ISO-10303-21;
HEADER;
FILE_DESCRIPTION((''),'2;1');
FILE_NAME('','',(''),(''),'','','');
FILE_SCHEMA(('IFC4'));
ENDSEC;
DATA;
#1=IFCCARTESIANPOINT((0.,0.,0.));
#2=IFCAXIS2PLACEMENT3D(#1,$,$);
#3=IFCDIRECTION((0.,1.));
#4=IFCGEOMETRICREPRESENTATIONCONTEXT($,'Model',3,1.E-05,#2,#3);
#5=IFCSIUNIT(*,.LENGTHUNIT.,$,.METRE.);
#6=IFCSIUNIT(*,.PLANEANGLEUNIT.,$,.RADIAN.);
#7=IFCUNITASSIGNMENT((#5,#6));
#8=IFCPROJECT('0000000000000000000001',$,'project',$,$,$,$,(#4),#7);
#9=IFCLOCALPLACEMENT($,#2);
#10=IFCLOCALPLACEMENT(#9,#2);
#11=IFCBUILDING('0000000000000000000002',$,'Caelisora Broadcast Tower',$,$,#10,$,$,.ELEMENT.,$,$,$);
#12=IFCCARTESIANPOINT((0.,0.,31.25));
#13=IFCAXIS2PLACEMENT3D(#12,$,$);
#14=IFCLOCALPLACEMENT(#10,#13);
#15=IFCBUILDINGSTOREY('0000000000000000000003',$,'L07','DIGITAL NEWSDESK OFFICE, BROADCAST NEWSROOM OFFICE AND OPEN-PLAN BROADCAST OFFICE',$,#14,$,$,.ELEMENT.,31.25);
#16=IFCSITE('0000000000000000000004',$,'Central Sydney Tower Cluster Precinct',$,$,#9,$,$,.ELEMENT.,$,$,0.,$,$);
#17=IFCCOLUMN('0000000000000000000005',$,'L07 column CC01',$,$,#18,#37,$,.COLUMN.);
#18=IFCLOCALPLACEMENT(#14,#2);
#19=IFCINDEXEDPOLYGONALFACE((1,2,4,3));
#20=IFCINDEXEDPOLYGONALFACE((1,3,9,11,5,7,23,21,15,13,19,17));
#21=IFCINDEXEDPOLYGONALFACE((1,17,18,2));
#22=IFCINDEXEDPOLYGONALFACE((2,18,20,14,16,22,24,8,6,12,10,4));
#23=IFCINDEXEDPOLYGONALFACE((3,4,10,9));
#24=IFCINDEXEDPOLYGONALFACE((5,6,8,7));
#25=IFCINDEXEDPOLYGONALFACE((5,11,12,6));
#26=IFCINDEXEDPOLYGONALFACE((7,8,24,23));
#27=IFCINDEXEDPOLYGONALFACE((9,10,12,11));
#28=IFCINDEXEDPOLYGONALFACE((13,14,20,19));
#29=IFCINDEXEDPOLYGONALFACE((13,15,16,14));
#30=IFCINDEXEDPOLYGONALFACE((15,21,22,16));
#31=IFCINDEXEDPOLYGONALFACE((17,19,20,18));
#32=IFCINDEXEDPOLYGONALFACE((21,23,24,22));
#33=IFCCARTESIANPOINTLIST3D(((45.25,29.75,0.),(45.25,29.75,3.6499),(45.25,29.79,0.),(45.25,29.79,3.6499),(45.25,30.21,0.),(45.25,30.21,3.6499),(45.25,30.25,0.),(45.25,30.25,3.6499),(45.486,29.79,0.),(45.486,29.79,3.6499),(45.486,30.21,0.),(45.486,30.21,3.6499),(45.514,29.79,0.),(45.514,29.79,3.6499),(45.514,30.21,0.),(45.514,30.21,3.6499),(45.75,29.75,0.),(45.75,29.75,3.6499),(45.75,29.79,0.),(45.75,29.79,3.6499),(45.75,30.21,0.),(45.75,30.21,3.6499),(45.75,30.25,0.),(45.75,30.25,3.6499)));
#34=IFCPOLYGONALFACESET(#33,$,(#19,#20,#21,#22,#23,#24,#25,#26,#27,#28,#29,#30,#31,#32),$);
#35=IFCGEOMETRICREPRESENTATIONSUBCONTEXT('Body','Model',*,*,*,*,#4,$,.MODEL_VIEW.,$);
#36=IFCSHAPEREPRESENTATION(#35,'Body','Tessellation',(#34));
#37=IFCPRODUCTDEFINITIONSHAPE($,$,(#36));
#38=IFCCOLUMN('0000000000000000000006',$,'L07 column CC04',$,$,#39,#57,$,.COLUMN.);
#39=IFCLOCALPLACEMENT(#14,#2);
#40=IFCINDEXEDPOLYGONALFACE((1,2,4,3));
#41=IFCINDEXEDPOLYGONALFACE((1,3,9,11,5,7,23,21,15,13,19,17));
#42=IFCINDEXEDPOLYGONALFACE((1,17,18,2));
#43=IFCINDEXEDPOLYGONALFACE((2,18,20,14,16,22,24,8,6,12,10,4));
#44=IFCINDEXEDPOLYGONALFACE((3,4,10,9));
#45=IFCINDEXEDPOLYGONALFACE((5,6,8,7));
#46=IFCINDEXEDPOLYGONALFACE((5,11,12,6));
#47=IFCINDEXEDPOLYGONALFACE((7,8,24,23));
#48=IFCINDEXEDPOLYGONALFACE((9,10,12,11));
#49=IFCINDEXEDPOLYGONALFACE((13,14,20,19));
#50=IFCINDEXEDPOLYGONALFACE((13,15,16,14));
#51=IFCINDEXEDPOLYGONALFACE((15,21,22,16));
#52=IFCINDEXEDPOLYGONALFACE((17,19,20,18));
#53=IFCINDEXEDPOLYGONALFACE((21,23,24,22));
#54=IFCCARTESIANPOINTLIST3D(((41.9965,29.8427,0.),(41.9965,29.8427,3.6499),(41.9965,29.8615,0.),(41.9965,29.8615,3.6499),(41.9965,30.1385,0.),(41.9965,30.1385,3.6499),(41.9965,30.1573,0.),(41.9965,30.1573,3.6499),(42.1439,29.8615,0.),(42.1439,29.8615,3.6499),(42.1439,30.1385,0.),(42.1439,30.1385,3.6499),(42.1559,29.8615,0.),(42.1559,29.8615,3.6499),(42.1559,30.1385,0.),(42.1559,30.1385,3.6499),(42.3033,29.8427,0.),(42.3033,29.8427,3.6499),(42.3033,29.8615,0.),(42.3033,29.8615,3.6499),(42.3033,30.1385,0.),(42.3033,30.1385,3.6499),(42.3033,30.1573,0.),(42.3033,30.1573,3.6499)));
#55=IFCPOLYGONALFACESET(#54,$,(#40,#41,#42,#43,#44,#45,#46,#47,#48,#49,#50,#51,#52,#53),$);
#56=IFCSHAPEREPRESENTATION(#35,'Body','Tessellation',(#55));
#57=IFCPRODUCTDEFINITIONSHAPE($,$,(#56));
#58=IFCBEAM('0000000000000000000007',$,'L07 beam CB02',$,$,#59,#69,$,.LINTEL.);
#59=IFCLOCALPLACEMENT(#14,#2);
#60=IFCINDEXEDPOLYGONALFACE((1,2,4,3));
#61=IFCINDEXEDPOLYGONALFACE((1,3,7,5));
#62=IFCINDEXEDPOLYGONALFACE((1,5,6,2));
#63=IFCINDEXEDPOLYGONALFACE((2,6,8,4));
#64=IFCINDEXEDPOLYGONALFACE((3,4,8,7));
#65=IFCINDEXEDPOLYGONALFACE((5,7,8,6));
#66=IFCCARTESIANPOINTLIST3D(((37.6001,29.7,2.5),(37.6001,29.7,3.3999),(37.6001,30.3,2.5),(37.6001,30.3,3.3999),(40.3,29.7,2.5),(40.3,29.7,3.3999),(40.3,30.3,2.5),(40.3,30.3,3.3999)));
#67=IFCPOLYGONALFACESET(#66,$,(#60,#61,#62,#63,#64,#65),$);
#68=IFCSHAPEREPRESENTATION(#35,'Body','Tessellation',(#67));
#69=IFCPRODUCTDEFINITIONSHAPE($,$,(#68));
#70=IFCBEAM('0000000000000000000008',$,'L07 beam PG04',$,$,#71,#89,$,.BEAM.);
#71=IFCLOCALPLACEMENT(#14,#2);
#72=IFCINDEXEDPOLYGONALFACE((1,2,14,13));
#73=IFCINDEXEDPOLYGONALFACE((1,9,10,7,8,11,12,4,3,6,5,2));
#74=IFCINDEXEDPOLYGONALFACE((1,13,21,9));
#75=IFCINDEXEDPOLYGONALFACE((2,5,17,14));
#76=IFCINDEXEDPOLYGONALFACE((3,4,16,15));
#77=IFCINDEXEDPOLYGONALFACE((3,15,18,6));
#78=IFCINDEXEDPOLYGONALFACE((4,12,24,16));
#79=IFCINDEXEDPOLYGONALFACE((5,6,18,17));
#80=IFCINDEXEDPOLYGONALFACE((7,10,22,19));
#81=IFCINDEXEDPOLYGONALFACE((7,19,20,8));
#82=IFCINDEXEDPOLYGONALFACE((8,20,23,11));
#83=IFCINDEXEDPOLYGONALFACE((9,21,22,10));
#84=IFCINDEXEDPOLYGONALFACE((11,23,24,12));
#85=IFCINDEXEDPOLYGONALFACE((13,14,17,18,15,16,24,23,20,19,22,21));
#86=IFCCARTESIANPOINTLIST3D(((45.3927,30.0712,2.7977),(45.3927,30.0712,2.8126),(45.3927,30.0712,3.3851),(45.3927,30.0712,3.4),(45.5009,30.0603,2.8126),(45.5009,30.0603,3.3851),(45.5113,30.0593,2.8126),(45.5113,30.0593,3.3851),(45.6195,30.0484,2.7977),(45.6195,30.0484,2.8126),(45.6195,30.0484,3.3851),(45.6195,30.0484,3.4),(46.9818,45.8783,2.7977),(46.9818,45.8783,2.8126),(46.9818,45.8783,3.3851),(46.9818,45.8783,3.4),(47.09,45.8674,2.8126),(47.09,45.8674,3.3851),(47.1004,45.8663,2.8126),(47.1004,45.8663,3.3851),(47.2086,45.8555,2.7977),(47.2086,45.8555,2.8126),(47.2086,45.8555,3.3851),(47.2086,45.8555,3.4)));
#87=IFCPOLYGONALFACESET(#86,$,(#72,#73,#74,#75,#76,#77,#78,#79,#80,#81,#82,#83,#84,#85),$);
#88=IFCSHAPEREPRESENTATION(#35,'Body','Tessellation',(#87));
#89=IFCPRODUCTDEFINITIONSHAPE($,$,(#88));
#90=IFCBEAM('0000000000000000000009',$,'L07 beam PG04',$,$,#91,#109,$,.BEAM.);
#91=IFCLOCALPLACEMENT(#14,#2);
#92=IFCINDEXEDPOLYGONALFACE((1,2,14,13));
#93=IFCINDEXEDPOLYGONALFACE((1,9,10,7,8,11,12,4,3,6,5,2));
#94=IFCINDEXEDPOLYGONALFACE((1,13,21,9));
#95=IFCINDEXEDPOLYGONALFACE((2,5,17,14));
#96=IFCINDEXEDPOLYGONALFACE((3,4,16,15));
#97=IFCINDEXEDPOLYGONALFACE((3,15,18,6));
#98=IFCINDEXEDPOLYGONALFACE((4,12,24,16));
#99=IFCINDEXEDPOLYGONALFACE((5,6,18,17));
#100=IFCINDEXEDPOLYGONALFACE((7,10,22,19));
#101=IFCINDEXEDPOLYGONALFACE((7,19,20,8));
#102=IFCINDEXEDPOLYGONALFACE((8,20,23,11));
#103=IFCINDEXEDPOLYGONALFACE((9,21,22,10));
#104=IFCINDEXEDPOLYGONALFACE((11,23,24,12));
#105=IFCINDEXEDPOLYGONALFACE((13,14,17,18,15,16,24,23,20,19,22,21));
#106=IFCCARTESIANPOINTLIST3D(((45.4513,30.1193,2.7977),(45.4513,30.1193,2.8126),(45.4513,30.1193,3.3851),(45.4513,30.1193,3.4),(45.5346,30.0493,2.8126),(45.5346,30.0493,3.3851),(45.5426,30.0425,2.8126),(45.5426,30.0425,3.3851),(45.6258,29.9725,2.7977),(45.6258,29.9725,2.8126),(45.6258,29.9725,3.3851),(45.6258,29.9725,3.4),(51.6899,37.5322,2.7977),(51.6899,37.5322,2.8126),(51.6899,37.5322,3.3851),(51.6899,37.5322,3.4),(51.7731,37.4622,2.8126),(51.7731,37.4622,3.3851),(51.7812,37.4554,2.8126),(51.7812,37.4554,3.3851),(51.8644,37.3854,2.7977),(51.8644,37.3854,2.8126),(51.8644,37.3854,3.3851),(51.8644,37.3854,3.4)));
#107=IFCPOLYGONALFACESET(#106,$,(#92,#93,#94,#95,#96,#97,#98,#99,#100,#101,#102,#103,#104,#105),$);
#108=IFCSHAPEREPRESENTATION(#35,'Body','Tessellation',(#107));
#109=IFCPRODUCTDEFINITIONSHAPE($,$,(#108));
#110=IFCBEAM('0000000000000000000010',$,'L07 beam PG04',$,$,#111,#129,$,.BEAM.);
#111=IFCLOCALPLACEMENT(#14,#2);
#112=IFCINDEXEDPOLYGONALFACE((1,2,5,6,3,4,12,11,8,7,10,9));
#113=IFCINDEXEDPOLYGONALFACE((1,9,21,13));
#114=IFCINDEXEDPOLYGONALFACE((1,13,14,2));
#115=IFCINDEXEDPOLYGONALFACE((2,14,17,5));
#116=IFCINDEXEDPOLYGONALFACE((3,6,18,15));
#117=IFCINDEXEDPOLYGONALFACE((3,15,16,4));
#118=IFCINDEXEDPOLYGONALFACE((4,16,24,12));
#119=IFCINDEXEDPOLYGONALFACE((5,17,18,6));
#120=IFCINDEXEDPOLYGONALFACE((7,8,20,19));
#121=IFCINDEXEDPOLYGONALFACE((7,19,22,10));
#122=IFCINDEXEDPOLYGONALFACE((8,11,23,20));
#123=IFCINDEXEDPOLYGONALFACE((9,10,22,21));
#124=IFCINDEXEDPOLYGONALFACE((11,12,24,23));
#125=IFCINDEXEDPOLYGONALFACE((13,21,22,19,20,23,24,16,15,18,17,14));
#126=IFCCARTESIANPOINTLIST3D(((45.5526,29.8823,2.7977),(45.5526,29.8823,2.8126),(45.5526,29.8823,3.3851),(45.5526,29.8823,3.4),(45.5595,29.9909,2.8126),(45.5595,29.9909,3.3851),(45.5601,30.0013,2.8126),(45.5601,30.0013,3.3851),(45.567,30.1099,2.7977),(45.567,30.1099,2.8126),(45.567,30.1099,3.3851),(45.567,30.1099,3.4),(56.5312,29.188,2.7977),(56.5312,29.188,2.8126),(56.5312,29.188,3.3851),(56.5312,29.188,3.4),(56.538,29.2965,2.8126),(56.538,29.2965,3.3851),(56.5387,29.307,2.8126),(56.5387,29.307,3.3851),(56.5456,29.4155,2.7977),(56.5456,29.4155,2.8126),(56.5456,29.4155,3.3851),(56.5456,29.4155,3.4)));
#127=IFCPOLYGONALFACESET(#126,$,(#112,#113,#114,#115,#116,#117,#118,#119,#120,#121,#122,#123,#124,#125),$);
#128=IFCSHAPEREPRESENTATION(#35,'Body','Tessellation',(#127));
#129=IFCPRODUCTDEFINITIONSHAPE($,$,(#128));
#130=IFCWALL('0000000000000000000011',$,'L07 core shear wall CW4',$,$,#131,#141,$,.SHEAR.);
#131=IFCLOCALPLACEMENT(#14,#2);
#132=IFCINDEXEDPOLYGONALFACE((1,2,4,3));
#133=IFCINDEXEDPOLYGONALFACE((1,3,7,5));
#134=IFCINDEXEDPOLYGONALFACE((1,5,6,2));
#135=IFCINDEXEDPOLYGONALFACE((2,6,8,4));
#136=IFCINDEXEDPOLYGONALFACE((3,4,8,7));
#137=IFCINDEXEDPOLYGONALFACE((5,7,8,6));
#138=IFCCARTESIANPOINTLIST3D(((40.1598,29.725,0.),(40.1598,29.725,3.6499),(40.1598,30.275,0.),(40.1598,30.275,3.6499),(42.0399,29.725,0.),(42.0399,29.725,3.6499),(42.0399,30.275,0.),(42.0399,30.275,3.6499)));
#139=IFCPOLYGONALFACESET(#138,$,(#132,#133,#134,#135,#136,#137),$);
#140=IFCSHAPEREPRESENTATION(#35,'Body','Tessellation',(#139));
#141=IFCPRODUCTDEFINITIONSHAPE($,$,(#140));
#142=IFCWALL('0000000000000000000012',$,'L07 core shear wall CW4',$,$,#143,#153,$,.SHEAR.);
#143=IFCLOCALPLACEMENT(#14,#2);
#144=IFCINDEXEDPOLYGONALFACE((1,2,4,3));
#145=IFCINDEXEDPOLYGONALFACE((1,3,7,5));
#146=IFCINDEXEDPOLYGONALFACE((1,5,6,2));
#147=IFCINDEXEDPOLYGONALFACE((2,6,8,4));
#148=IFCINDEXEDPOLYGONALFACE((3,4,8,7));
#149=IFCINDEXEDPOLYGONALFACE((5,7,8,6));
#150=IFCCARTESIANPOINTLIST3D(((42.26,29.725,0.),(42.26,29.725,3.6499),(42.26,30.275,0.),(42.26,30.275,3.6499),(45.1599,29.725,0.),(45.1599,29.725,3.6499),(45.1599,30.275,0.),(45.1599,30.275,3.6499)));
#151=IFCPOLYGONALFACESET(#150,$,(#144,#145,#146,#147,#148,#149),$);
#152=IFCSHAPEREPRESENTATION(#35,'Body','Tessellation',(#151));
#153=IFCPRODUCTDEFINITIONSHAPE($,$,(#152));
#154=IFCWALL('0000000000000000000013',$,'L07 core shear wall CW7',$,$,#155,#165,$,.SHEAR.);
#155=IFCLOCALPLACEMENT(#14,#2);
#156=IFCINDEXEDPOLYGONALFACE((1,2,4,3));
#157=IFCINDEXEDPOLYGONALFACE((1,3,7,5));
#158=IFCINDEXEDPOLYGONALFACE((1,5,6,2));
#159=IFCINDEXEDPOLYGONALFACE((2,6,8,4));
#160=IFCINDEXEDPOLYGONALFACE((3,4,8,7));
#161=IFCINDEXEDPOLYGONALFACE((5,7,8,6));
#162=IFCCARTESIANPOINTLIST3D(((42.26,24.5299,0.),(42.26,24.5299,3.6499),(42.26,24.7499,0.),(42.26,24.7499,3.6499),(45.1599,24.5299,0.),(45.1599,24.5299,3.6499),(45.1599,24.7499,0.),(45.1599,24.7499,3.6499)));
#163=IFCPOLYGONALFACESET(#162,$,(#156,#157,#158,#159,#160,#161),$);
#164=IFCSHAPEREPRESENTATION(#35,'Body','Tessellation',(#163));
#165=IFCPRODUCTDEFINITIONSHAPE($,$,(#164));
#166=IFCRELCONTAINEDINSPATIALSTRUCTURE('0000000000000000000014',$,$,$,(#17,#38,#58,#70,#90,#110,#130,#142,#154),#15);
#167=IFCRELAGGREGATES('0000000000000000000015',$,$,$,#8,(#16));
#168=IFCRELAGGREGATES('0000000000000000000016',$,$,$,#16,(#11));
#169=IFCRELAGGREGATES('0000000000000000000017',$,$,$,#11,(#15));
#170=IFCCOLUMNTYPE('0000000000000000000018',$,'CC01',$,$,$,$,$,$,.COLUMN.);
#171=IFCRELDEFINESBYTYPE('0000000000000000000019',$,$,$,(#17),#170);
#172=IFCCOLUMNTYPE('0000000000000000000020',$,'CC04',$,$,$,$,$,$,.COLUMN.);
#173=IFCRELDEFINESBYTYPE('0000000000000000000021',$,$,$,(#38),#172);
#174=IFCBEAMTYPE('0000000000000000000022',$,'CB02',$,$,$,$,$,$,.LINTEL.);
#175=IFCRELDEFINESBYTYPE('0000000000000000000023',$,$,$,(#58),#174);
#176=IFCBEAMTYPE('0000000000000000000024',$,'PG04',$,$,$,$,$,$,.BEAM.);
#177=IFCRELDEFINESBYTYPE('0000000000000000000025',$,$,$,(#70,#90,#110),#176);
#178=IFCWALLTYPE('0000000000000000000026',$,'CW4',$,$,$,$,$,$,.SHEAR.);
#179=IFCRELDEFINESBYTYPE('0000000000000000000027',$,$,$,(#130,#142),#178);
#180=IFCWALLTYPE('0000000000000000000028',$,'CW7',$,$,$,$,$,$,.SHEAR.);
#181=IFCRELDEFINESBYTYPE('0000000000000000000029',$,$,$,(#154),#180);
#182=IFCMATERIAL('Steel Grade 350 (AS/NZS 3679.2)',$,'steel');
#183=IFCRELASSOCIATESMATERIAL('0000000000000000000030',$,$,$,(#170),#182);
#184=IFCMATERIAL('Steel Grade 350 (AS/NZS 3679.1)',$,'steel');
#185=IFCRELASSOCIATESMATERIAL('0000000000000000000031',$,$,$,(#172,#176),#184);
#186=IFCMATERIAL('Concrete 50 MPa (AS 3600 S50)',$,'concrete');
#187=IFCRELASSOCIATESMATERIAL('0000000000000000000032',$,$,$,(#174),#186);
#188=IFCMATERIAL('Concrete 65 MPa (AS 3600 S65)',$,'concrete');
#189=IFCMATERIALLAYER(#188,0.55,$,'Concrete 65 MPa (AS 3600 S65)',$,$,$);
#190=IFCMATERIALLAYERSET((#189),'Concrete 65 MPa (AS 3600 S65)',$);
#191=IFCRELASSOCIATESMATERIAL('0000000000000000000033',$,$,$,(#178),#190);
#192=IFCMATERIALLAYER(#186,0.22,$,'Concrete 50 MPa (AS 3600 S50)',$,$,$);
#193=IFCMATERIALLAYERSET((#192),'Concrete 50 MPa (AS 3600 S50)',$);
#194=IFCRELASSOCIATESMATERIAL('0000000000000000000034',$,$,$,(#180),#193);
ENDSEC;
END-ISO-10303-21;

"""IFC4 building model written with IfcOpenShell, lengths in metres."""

from ifc_helpers import new_model, si_unit, direction, frame, frame_2d, origin, origin_2d, place, context, subcontext, project, spatial, rectangle, i_section, extrude, source, transform, mapped, material, layer, layer_set, material_profile, profile_set, type_object, type_shapes, element, save


model = new_model("IFC4")

# Units and contexts
model_context = context("Model", 3, precision=1e-05, world=origin(), true_north=direction((0.0, 1.0)))
body_context = subcontext(model_context, "Body", "Model", "MODEL_VIEW")
ifc_project = project(units=[si_unit("LENGTHUNIT", "METRE"), si_unit("PLANEANGLEUNIT", "RADIAN")], contexts=[model_context])

# Site, building, storey
site_placement = place(None, origin())
site = spatial("IfcSite", under=ifc_project, at=site_placement, Name="Central Sydney Tower Cluster Precinct", CompositionType="ELEMENT", RefElevation=0.0)
building_placement = place(site_placement, origin())
building = spatial("IfcBuilding", under=site, at=building_placement, Name="Caelisora Broadcast Tower", CompositionType="ELEMENT")
storey_placement = place(building_placement, frame((0.0, 0.0, 31.25)))
storey = spatial("IfcBuildingStorey", under=building, at=storey_placement, Name="L07", Description="DIGITAL NEWSDESK OFFICE, BROADCAST NEWSROOM OFFICE AND OPEN-PLAN BROADCAST OFFICE", CompositionType="ELEMENT", Elevation=31.25)

# Columns
ifc_material_1 = material(Name="Steel Grade 350 (AS/NZS 3679.2)", Category="steel")
ifc_material_profile_1 = material_profile(ifc_material_1, i_section(OverallWidth=0.5, OverallDepth=0.5, WebThickness=0.0281, FlangeThickness=0.04, at=origin_2d()), Name="Steel Grade 350 (AS/NZS 3679.2)")
ifc_profile_set_1 = profile_set([ifc_material_profile_1], Name="Steel Grade 350 (AS/NZS 3679.2)")
column_type_1 = type_object("IfcColumnType", Name="CC01", PredefinedType="COLUMN", material=ifc_profile_set_1)
shared_shape_1 = source(origin(), body_context, "Body", "SweptSolid", [
    extrude(i_section(OverallWidth=0.5, OverallDepth=0.5, WebThickness=0.0281, FlangeThickness=0.04, at=origin_2d()), origin(), (0.0, 0.0, 1.0), 3.6499),
])
type_shapes(column_type_1, [shared_shape_1])
column_1_placement = place(storey_placement, frame((45.5, 30.0, 0.0), z_axis=(0.0, 0.0, 1.0), x_axis=(1.0, 0.0, 0.0)))
element("IfcColumn", 1, at=column_1_placement, inside=storey, type_object=column_type_1, Name="L07 column CC01", PredefinedType="COLUMN", context=body_context, shape_type="MappedRepresentation", body=[
    mapped(shared_shape_1, transform((0.0, 0.0, 0.0), scale=1.0)),
])
ifc_material_2 = material(Name="Steel Grade 350 (AS/NZS 3679.1)", Category="steel")
ifc_material_profile_2 = material_profile(ifc_material_2, i_section(OverallWidth=0.3069, OverallDepth=0.3147, WebThickness=0.012, FlangeThickness=0.0188, at=origin_2d()), Name="Steel Grade 350 (AS/NZS 3679.1)")
ifc_profile_set_2 = profile_set([ifc_material_profile_2], Name="Steel Grade 350 (AS/NZS 3679.1)")
column_type_2 = type_object("IfcColumnType", Name="CC04", PredefinedType="COLUMN", material=ifc_profile_set_2)
shared_shape_2 = source(origin(), body_context, "Body", "SweptSolid", [
    extrude(i_section(OverallWidth=0.3069, OverallDepth=0.3147, WebThickness=0.012, FlangeThickness=0.0188, at=origin_2d()), origin(), (0.0, 0.0, 1.0), 3.6499),
])
type_shapes(column_type_2, [shared_shape_2])
column_2_placement = place(storey_placement, frame((42.1499, 30.0, 0.0), z_axis=(0.0, 0.0, 1.0), x_axis=(1.0, 0.0, 0.0)))
element("IfcColumn", 2, at=column_2_placement, inside=storey, type_object=column_type_2, Name="L07 column CC04", PredefinedType="COLUMN", context=body_context, shape_type="MappedRepresentation", body=[
    mapped(shared_shape_2, transform((0.0, 0.0, 0.0), scale=1.0)),
])

# Beams
ifc_material_3 = material(Name="Concrete 50 MPa (AS 3600 S50)", Category="concrete")
ifc_material_profile_3 = material_profile(ifc_material_3, rectangle(XDim=0.6001, YDim=0.8999, at=origin_2d()), Name="Concrete 50 MPa (AS 3600 S50)")
ifc_profile_set_3 = profile_set([ifc_material_profile_3], Name="Concrete 50 MPa (AS 3600 S50)")
beam_type_1 = type_object("IfcBeamType", Name="CB02", PredefinedType="LINTEL", material=ifc_profile_set_3)
shared_shape_3 = source(origin(), body_context, "Body", "SweptSolid", [
    extrude(rectangle(XDim=0.6001, YDim=0.8999, at=origin_2d()), origin(), (0.0, 0.0, 1.0), 2.7),
])
type_shapes(beam_type_1, [shared_shape_3])
beam_1_placement = place(storey_placement, frame((37.6001, 30.0, 2.95), z_axis=(1.0, 0.0, 0.0), x_axis=(0.0, 1.0, 0.0)))
element("IfcBeam", 3, at=beam_1_placement, inside=storey, type_object=beam_type_1, Name="L07 beam CB02", PredefinedType="LINTEL", context=body_context, shape_type="MappedRepresentation", body=[
    mapped(shared_shape_3, transform((0.0, 0.0, 0.0), scale=1.0)),
])
ifc_material_profile_4 = material_profile(ifc_material_2, i_section(OverallWidth=0.228, OverallDepth=0.6023, WebThickness=0.0105, FlangeThickness=0.0149, at=origin_2d()), Name="Steel Grade 350 (AS/NZS 3679.1)")
ifc_profile_set_4 = profile_set([ifc_material_profile_4], Name="Steel Grade 350 (AS/NZS 3679.1)")
beam_type_2 = type_object("IfcBeamType", Name="PG04", PredefinedType="BEAM", material=ifc_profile_set_4)
shared_shape_4 = source(origin(), body_context, "Body", "SweptSolid", [
    extrude(i_section(OverallWidth=0.228, OverallDepth=0.6023, WebThickness=0.0105, FlangeThickness=0.0149, at=origin_2d()), origin(), (0.0, 0.0, 1.0), 15.8867),
])
beam_2_placement = place(storey_placement, frame((45.5061, 30.0598, 3.0989), z_axis=(0.100027, 0.994985, 0.0), x_axis=(-0.994985, 0.100027, 0.0)))
element("IfcBeam", 4, at=beam_2_placement, inside=storey, type_object=beam_type_2, Name="L07 beam PG04", PredefinedType="BEAM", context=body_context, shape_type="MappedRepresentation", body=[
    mapped(shared_shape_4, transform((0.0, 0.0, 0.0), scale=1.0)),
])
shared_shape_5 = source(origin(), body_context, "Body", "SweptSolid", [
    extrude(i_section(OverallWidth=0.228, OverallDepth=0.6023, WebThickness=0.0105, FlangeThickness=0.0149, at=origin_2d()), origin(), (0.0, 0.0, 1.0), 9.6887),
])
beam_3_placement = place(storey_placement, frame((45.5386, 30.0459, 3.0989), z_axis=(0.643902, 0.765108, 0.0), x_axis=(-0.765108, 0.643902, 0.0)))
element("IfcBeam", 5, at=beam_3_placement, inside=storey, type_object=beam_type_2, Name="L07 beam PG04", PredefinedType="BEAM", context=body_context, shape_type="MappedRepresentation", body=[
    mapped(shared_shape_5, transform((0.0, 0.0, 0.0), scale=1.0)),
])
shared_shape_6 = source(origin(), body_context, "Body", "SweptSolid", [
    extrude(i_section(OverallWidth=0.228, OverallDepth=0.6023, WebThickness=0.0105, FlangeThickness=0.0149, at=origin_2d()), origin(), (0.0, 0.0, 1.0), 11.0005),
])
type_shapes(beam_type_2, [shared_shape_4, shared_shape_5, shared_shape_6])
beam_4_placement = place(storey_placement, frame((45.5598, 29.9961, 3.0989), z_axis=(0.998006, -0.063119, 0.0), x_axis=(0.063119, 0.998006, 0.0)))
element("IfcBeam", 6, at=beam_4_placement, inside=storey, type_object=beam_type_2, Name="L07 beam PG04", PredefinedType="BEAM", context=body_context, shape_type="MappedRepresentation", body=[
    mapped(shared_shape_6, transform((0.0, 0.0, 0.0), scale=1.0)),
])

# Walls
ifc_material_4 = material(Name="Concrete 65 MPa (AS 3600 S65)", Category="concrete")
ifc_layer_1 = layer(ifc_material_4, 0.55, Name="Concrete 65 MPa (AS 3600 S65)")
ifc_layer_set_1 = layer_set([ifc_layer_1], Name="Concrete 65 MPa (AS 3600 S65)")
wall_type_1 = type_object("IfcWallType", Name="CW4", PredefinedType="SHEAR", material=ifc_layer_set_1)
wall_1_placement = place(storey_placement, frame((40.1599, 30.0, 0.0), z_axis=(0.0, 0.0, 1.0), x_axis=(1.0, 0.0, 0.0)))
element("IfcWall", 7, at=wall_1_placement, inside=storey, type_object=wall_type_1, Name="L07 core shear wall CW4", PredefinedType="SHEAR", context=body_context, shape_type="SweptSolid", body=[
    extrude(rectangle(XDim=1.8801, YDim=0.55, at=frame_2d((0.9399, 0.0))), origin(), (0.0, 0.0, 1.0), 3.6499),
])
wall_2_placement = place(storey_placement, frame((42.26, 30.0, 0.0), z_axis=(0.0, 0.0, 1.0), x_axis=(1.0, 0.0, 0.0)))
element("IfcWall", 8, at=wall_2_placement, inside=storey, type_object=wall_type_1, Name="L07 core shear wall CW4", PredefinedType="SHEAR", context=body_context, shape_type="SweptSolid", body=[
    extrude(rectangle(XDim=2.8999, YDim=0.55, at=frame_2d((1.45, 0.0))), origin(), (0.0, 0.0, 1.0), 3.6499),
])
ifc_layer_2 = layer(ifc_material_3, 0.22, Name="Concrete 50 MPa (AS 3600 S50)")
ifc_layer_set_2 = layer_set([ifc_layer_2], Name="Concrete 50 MPa (AS 3600 S50)")
wall_type_2 = type_object("IfcWallType", Name="CW7", PredefinedType="SHEAR", material=ifc_layer_set_2)
wall_3_placement = place(storey_placement, frame((42.26, 24.6399, 0.0), z_axis=(0.0, 0.0, 1.0), x_axis=(1.0, 0.0, 0.0)))
element("IfcWall", 9, at=wall_3_placement, inside=storey, type_object=wall_type_2, Name="L07 core shear wall CW7", PredefinedType="SHEAR", context=body_context, shape_type="SweptSolid", body=[
    extrude(rectangle(XDim=2.8999, YDim=0.22, at=frame_2d((1.45, 0.0))), origin(), (0.0, 0.0, 1.0), 3.6499),
])

save(model, "model.ifc")
